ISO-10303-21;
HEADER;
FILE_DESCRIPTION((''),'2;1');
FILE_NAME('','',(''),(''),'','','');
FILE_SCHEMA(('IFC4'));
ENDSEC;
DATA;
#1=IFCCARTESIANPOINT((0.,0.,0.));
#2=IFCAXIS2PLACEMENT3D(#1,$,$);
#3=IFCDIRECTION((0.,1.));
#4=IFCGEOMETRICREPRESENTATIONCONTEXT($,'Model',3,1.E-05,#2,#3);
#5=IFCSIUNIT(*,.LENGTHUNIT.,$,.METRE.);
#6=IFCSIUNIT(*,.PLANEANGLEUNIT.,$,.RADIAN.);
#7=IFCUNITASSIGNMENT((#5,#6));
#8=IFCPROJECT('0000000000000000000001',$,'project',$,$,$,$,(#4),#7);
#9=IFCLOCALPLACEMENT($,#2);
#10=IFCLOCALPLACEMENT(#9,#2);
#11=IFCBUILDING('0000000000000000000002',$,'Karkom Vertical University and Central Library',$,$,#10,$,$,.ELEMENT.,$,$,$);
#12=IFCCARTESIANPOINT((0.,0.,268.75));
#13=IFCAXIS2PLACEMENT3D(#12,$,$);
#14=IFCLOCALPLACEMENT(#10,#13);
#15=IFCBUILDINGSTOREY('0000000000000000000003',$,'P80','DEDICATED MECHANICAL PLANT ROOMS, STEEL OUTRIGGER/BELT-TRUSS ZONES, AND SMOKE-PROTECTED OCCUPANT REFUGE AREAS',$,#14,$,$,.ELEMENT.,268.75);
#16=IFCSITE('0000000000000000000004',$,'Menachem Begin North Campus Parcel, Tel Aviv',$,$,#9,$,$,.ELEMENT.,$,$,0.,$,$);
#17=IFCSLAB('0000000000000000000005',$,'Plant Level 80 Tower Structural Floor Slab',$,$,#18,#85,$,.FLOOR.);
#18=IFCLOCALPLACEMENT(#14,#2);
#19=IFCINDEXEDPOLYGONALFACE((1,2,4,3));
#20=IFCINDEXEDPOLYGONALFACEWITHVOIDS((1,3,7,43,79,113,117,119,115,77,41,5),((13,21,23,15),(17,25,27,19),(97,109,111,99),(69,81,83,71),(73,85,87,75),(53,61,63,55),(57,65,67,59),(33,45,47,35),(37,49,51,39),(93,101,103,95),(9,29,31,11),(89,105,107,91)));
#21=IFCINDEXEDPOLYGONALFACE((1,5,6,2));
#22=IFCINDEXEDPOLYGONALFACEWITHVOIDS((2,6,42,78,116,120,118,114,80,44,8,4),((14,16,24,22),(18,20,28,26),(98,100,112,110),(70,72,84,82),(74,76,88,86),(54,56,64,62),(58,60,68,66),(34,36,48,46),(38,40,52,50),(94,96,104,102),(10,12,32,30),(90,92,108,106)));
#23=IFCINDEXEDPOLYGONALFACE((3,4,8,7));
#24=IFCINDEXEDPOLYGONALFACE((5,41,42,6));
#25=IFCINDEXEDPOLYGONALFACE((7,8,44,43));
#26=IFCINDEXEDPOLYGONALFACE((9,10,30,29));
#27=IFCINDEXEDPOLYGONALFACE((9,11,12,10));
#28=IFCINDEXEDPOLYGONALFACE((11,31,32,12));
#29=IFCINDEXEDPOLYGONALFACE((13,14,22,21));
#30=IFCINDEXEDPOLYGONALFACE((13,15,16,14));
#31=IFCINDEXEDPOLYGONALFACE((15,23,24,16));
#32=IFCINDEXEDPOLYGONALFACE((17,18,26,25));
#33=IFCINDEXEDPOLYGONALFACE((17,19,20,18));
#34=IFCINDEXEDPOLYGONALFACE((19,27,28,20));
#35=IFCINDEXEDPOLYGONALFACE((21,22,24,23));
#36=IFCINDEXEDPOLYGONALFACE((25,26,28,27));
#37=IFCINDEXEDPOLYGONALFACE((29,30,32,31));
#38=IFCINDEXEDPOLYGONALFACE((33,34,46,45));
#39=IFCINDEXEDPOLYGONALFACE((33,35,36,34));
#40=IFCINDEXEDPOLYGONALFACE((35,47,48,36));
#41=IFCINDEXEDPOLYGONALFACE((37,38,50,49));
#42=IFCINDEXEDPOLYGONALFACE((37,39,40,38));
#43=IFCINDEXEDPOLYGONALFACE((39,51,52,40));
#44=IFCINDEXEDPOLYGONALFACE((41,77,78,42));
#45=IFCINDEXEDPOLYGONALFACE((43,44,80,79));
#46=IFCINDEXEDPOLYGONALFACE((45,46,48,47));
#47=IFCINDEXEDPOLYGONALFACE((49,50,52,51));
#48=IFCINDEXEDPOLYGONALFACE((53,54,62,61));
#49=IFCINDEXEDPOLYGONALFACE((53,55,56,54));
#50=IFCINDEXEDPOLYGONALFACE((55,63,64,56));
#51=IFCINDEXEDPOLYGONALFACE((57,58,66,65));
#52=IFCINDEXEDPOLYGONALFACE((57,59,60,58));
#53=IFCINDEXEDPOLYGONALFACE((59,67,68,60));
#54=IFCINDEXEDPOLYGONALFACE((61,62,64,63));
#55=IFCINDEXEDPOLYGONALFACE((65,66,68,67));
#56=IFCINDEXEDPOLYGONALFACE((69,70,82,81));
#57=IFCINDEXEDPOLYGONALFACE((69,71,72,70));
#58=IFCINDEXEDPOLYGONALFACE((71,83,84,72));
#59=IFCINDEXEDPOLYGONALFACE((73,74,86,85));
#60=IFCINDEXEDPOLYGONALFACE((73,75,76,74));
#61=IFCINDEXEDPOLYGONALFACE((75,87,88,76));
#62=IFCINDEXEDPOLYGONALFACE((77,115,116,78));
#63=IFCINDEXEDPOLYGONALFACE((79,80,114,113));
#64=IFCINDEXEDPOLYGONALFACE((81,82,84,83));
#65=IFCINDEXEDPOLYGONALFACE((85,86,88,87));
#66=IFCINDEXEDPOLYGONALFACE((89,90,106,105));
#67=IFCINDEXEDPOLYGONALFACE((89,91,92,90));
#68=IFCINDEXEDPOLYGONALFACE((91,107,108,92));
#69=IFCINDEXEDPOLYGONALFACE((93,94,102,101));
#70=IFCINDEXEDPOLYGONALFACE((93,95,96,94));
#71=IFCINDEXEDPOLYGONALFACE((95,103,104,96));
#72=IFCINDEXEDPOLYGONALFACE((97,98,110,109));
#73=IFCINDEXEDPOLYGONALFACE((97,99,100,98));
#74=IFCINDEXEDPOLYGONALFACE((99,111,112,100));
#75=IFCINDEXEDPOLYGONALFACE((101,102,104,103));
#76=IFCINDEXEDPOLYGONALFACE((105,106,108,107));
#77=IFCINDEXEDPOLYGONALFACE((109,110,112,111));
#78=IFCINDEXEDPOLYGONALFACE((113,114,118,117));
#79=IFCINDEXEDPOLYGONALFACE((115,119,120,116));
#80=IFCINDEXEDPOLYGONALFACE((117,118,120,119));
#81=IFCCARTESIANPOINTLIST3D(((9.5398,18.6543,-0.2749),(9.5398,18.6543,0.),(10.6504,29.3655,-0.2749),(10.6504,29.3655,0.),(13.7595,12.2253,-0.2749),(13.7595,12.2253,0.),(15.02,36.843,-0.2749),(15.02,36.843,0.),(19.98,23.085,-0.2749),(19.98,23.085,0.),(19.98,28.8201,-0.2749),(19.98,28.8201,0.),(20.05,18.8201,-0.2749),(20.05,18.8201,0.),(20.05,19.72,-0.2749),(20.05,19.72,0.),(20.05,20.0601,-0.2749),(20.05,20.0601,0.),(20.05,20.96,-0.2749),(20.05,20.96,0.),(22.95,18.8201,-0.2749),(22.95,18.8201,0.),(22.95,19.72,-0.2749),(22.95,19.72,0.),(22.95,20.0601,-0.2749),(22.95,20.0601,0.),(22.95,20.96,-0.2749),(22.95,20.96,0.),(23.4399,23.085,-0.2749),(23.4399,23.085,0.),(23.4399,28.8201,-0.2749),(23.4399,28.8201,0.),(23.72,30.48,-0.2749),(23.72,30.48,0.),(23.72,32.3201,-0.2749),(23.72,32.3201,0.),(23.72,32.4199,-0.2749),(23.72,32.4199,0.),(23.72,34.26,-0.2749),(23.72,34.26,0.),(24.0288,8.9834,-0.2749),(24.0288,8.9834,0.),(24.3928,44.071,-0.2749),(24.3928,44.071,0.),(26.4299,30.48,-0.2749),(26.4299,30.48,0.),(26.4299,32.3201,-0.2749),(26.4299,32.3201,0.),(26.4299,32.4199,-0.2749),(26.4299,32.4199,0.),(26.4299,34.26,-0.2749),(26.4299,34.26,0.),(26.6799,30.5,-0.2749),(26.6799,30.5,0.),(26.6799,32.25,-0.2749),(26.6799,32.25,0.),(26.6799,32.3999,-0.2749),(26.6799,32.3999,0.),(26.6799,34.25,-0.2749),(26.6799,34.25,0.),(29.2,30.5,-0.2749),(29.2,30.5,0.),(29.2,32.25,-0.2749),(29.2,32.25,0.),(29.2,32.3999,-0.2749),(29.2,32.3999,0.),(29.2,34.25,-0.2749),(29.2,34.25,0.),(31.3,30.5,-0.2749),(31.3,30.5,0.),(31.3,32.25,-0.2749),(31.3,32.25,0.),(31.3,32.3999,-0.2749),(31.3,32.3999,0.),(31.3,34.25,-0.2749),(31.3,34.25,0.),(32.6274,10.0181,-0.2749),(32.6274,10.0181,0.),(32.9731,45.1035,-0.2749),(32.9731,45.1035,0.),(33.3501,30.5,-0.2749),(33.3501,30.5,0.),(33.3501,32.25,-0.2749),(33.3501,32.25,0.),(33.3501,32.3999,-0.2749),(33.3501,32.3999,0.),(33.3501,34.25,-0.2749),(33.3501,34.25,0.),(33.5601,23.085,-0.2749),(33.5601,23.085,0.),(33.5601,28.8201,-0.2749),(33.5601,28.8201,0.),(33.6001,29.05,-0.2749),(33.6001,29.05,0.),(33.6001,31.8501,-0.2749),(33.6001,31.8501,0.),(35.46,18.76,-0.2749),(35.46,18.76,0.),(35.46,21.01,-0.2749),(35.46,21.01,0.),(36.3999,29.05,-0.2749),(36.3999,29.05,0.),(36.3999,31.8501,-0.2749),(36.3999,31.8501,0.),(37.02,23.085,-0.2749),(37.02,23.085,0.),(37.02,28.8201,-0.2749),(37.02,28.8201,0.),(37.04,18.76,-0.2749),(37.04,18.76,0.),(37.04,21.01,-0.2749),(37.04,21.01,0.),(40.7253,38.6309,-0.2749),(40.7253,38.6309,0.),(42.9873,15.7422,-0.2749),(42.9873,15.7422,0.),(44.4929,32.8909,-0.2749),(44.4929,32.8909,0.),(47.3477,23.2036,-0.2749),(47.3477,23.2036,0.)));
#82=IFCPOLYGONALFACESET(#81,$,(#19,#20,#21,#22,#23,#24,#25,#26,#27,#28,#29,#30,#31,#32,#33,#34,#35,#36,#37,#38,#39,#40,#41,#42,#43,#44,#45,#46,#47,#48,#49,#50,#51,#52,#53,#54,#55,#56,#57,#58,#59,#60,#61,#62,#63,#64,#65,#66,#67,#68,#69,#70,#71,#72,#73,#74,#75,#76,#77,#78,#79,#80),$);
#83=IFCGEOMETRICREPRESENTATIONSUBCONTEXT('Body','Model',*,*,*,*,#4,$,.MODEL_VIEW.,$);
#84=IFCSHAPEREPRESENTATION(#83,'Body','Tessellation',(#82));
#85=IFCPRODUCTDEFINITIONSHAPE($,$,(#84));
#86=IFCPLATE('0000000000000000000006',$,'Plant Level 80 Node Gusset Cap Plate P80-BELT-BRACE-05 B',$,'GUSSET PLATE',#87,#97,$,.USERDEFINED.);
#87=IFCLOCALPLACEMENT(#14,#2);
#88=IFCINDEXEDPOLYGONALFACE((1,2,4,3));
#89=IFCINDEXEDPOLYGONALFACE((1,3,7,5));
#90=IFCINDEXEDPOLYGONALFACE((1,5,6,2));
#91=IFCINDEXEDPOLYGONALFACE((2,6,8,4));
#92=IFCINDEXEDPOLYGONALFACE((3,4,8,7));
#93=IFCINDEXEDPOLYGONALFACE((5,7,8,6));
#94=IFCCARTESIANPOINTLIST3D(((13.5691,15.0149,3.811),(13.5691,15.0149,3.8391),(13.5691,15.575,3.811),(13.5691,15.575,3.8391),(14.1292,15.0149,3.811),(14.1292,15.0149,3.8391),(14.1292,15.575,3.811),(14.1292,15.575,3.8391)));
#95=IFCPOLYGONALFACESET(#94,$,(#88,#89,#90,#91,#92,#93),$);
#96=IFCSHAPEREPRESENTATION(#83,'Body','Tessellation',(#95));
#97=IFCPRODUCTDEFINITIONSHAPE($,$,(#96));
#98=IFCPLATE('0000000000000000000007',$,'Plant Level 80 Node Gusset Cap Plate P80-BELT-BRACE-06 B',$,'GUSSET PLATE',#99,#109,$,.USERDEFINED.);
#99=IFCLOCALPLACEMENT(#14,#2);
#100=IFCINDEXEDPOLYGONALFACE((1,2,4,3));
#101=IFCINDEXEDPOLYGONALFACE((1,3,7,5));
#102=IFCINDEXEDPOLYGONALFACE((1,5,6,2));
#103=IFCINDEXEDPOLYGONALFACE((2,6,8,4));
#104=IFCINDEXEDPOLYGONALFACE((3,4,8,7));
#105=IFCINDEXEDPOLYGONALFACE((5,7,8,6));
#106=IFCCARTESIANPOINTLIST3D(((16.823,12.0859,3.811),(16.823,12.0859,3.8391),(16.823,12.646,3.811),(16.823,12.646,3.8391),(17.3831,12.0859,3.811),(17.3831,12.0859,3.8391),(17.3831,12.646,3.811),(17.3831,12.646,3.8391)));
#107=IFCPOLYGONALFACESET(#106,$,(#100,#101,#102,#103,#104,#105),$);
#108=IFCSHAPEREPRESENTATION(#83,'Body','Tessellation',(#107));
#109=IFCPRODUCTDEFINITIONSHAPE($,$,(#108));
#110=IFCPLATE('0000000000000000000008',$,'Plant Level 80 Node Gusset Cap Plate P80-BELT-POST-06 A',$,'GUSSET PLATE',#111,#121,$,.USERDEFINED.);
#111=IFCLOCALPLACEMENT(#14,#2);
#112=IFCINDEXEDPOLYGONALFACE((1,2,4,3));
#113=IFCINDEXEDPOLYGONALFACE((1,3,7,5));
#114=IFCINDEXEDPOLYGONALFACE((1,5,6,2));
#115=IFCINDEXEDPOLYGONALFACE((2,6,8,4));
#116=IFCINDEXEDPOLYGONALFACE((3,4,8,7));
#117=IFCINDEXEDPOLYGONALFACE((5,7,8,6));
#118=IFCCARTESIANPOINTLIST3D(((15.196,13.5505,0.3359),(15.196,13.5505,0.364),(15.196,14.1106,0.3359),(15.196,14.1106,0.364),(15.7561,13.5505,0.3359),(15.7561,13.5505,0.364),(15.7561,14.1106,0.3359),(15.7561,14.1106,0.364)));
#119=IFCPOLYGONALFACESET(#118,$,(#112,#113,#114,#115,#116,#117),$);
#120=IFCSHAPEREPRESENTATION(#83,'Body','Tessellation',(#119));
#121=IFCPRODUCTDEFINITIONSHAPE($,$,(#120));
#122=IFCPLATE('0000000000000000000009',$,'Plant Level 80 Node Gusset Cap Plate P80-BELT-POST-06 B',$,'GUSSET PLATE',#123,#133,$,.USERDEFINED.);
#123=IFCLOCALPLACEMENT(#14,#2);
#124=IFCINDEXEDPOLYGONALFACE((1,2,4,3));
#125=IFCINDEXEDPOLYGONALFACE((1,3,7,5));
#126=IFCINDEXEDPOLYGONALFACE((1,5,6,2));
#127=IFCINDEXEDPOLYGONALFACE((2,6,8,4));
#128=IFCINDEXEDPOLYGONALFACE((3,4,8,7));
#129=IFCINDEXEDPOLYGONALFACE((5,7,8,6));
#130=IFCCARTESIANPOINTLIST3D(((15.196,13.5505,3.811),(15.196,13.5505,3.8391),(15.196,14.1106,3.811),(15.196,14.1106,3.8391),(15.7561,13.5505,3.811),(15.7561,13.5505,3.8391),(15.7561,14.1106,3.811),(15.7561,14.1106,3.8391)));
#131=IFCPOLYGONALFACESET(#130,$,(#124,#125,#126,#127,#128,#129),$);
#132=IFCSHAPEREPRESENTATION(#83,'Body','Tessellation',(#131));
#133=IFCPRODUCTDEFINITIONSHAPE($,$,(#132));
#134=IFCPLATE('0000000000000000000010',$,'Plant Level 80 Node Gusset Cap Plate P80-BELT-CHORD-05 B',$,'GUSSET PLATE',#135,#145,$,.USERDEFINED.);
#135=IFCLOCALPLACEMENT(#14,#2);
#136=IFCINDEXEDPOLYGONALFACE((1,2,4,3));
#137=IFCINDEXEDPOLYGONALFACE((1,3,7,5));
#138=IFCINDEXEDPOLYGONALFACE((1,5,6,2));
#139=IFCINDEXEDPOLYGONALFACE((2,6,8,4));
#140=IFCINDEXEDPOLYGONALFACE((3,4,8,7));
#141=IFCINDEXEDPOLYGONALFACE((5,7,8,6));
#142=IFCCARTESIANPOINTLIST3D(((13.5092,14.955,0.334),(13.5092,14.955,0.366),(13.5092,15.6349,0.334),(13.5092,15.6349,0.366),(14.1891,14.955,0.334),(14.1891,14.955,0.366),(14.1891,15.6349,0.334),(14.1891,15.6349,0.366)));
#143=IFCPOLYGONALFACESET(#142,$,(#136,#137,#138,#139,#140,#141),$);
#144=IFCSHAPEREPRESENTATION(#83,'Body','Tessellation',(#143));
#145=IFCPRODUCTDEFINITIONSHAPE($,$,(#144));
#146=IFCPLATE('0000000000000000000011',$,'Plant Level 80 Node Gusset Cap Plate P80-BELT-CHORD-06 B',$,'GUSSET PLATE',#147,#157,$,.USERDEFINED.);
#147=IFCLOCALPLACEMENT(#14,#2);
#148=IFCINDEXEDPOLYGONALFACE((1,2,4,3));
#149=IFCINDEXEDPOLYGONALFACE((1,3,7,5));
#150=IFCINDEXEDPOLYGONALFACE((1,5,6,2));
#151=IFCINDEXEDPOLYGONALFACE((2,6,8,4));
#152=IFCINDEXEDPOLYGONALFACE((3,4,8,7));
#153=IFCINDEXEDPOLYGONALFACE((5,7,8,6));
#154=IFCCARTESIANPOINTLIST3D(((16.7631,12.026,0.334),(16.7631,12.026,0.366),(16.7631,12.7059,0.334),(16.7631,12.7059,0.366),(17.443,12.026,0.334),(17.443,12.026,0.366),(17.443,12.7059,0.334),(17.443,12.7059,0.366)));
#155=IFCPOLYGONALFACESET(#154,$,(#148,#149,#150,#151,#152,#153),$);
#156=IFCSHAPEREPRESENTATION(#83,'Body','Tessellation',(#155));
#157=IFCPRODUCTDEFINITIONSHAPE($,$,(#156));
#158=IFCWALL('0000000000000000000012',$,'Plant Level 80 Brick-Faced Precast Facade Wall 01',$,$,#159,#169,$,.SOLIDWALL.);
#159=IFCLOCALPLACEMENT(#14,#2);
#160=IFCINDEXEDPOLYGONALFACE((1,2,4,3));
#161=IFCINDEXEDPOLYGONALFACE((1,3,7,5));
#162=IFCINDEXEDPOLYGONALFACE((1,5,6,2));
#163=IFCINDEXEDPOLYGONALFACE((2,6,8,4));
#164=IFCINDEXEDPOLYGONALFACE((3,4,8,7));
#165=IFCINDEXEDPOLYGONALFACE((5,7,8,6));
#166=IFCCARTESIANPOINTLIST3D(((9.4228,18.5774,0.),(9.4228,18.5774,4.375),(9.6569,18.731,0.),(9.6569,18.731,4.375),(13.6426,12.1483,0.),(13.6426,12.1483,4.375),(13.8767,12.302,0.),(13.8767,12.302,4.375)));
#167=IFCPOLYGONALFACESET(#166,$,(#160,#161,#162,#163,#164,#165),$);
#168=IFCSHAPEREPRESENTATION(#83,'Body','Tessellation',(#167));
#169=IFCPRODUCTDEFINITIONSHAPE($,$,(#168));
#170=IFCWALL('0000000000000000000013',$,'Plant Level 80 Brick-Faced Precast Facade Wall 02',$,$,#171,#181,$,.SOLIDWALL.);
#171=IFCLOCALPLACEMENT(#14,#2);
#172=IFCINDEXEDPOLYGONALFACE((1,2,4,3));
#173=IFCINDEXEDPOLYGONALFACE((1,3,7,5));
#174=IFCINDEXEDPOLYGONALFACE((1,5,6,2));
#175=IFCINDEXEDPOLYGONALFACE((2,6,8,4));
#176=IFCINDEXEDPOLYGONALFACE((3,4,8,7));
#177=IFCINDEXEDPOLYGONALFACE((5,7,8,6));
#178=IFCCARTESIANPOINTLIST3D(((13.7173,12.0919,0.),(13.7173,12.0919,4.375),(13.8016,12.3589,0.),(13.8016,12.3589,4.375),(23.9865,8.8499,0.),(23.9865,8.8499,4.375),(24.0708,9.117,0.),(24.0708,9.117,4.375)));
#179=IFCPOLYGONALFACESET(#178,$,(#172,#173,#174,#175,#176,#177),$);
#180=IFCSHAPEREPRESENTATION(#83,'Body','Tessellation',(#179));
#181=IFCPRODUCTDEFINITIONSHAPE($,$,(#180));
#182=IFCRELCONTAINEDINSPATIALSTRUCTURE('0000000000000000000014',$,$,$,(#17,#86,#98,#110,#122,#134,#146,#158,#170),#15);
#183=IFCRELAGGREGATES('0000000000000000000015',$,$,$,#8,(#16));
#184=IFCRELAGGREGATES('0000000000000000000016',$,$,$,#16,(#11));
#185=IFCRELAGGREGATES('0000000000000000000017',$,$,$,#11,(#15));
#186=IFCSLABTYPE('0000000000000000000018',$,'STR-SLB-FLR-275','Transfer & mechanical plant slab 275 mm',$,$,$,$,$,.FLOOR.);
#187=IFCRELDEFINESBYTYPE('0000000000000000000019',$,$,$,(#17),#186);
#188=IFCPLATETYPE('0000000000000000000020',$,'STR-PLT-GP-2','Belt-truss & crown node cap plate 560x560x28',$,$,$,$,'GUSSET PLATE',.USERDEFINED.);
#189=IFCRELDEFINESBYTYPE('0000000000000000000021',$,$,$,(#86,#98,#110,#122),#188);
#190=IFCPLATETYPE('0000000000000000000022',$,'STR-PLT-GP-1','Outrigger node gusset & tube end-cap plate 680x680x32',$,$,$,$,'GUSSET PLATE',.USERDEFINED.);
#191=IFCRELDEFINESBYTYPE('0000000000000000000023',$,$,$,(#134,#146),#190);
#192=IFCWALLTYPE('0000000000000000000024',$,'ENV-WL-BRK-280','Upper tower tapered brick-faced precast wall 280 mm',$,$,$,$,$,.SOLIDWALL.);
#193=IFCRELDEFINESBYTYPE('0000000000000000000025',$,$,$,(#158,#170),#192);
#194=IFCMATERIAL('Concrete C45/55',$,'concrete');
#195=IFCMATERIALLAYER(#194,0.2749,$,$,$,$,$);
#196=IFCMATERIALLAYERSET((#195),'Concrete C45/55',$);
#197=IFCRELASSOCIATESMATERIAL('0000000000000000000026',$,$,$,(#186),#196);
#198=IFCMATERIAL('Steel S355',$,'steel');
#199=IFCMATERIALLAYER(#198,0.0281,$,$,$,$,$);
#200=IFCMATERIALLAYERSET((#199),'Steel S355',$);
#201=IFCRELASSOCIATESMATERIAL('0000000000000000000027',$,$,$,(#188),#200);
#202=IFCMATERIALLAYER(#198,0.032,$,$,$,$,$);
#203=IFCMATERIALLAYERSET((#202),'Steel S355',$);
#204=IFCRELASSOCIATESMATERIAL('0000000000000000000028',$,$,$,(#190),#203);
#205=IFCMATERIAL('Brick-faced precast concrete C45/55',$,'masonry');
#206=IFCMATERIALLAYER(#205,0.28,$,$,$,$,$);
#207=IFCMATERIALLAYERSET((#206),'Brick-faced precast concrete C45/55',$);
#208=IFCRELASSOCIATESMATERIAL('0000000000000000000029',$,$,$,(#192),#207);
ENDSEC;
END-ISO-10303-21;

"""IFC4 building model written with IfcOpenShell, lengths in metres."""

from ifc_helpers import new_model, si_unit, direction, frame, frame_2d, origin, origin_with_axes, origin_2d, place, context, subcontext, project, spatial, polyline, rectangle, outline, extrude, source, transform, mapped, material, layer, layer_set, type_object, element, save


model = new_model("IFC4")

# Units and contexts
model_context = context("Model", 3, precision=1e-05, world=origin(), true_north=direction((0.0, 1.0)))
body_context = subcontext(model_context, "Body", "Model", "MODEL_VIEW")
ifc_project = project(units=[si_unit("LENGTHUNIT", "METRE"), si_unit("PLANEANGLEUNIT", "RADIAN")], contexts=[model_context])

# Site, building, storey
site_placement = place(None, origin())
site = spatial("IfcSite", under=ifc_project, at=site_placement, Name="Menachem Begin North Campus Parcel, Tel Aviv", CompositionType="ELEMENT", RefElevation=0.0)
building_placement = place(site_placement, origin())
building = spatial("IfcBuilding", under=site, at=building_placement, Name="Karkom Vertical University and Central Library", CompositionType="ELEMENT")
storey_placement = place(building_placement, frame((0.0, 0.0, 268.75)))
storey = spatial("IfcBuildingStorey", under=building, at=storey_placement, Name="P80", Description="DEDICATED MECHANICAL PLANT ROOMS, STEEL OUTRIGGER/BELT-TRUSS ZONES, AND SMOKE-PROTECTED OCCUPANT REFUGE AREAS", CompositionType="ELEMENT", Elevation=268.75)

# Shared definitions
ifc_material_1 = material(Name="Concrete C45/55", Category="concrete")

# Shared definitions
ifc_material_2 = material(Name="Steel S355", Category="steel")

# Slab
ifc_layer_1 = layer(ifc_material_1, 0.2749)
ifc_layer_set_1 = layer_set([ifc_layer_1], Name="Concrete C45/55")
slab_type_1 = type_object("IfcSlabType", Name="STR-SLB-FLR-275", Description="Transfer & mechanical plant slab 275 mm", PredefinedType="FLOOR", material=ifc_layer_set_1)
slab_1_placement = place(storey_placement, frame((0.0, 0.0, -0.2749)))
element("IfcSlab", 1, at=slab_1_placement, inside=storey, type_object=slab_type_1, Name="Plant Level 80 Tower Structural Floor Slab", PredefinedType="FLOOR", context=body_context, shape_type="SweptSolid", body=[
    extrude(outline(polyline([(9.5398, 18.6543), (13.7595, 12.2253), (24.0288, 8.9834), (32.6274, 10.0181), (42.9873, 15.7422), (47.3477, 23.2036), (44.4929, 32.8909), (40.7253, 38.6309), (32.9731, 45.1035), (24.3928, 44.071), (15.02, 36.843), (10.6504, 29.3655), (9.5398, 18.6543)]), holes=[polyline([(19.98, 23.085), (23.4399, 23.085), (23.4399, 28.8201), (19.98, 28.8201), (19.98, 23.085)]), polyline([(33.5601, 23.085), (37.02, 23.085), (37.02, 28.8201), (33.5601, 28.8201), (33.5601, 23.085)]), polyline([(26.6799, 30.5), (29.2, 30.5), (29.2, 32.25), (26.6799, 32.25), (26.6799, 30.5)]), polyline([(26.6799, 32.3999), (29.2, 32.3999), (29.2, 34.25), (26.6799, 34.25), (26.6799, 32.3999)]), polyline([(31.3, 30.5), (33.3501, 30.5), (33.3501, 32.25), (31.3, 32.25), (31.3, 30.5)]), polyline([(31.3, 32.3999), (33.3501, 32.3999), (33.3501, 34.25), (31.3, 34.25), (31.3, 32.3999)]), polyline([(23.72, 30.48), (26.4299, 30.48), (26.4299, 32.3201), (23.72, 32.3201), (23.72, 30.48)]), polyline([(23.72, 32.4199), (26.4299, 32.4199), (26.4299, 34.26), (23.72, 34.26), (23.72, 32.4199)]), polyline([(33.6001, 29.05), (36.3999, 29.05), (36.3999, 31.8501), (33.6001, 31.8501), (33.6001, 29.05)]), polyline([(20.05, 18.8201), (22.95, 18.8201), (22.95, 19.72), (20.05, 19.72), (20.05, 18.8201)]), polyline([(20.05, 20.0601), (22.95, 20.0601), (22.95, 20.96), (20.05, 20.96), (20.05, 20.0601)]), polyline([(35.46, 18.76), (37.04, 18.76), (37.04, 21.01), (35.46, 21.01), (35.46, 18.76)])]), origin(), (0.0, 0.0, 1.0), 0.2749),
])

# Plates
ifc_layer_2 = layer(ifc_material_2, 0.0281)
ifc_layer_set_2 = layer_set([ifc_layer_2], Name="Steel S355")
plate_type_1 = type_object("IfcPlateType", Name="STR-PLT-GP-2", Description="Belt-truss & crown node cap plate 560x560x28", ElementType="GUSSET PLATE", PredefinedType="USERDEFINED", material=ifc_layer_set_2)
shared_shape_1 = source(origin_with_axes(), body_context, "Body", "SweptSolid", [
    extrude(rectangle(XDim=0.5601, YDim=0.5601, at=origin_2d()), origin(), (0.0, 0.0, 1.0), 0.0281),
])
for number, where, z_axis, x_axis, name in (
    (2, (13.8491, 15.2949, 3.811), (0.0, 0.0, 1.0), (1.0, 0.0, 0.0), "Plant Level 80 Node Gusset Cap Plate P80-BELT-BRACE-05 B"),
    (3, (17.103, 12.366, 3.811), (0.0, 0.0, 1.0), (1.0, 0.0, 0.0), "Plant Level 80 Node Gusset Cap Plate P80-BELT-BRACE-06 B"),
    (4, (15.4761, 13.8306, 0.3359), (0.0, 0.0, 1.0), (1.0, 0.0, 0.0), "Plant Level 80 Node Gusset Cap Plate P80-BELT-POST-06 A"),
    (5, (15.4761, 13.8306, 3.811), (0.0, 0.0, 1.0), (1.0, 0.0, 0.0), "Plant Level 80 Node Gusset Cap Plate P80-BELT-POST-06 B"),
):
    element("IfcPlate", number, at=place(storey_placement, frame(where, z_axis=z_axis, x_axis=x_axis)), inside=storey, type_object=plate_type_1, Name=name, ObjectType="GUSSET PLATE", PredefinedType="USERDEFINED", context=body_context, shape_type="MappedRepresentation", body=[
        mapped(shared_shape_1, transform((0.0, 0.0, 0.0), scale=1.0)),
    ])
ifc_layer_3 = layer(ifc_material_2, 0.032)
ifc_layer_set_3 = layer_set([ifc_layer_3], Name="Steel S355")
plate_type_2 = type_object("IfcPlateType", Name="STR-PLT-GP-1", Description="Outrigger node gusset & tube end-cap plate 680x680x32", ElementType="GUSSET PLATE", PredefinedType="USERDEFINED", material=ifc_layer_set_3)
shared_shape_2 = source(origin_with_axes(), body_context, "Body", "SweptSolid", [
    extrude(rectangle(XDim=0.6799, YDim=0.6799, at=origin_2d()), origin(), (0.0, 0.0, 1.0), 0.032),
])
for number, where, z_axis, x_axis, name in (
    (6, (13.8491, 15.2949, 0.334), (0.0, 0.0, 1.0), (1.0, 0.0, 0.0), "Plant Level 80 Node Gusset Cap Plate P80-BELT-CHORD-05 B"),
    (7, (17.103, 12.366, 0.334), (0.0, 0.0, 1.0), (1.0, 0.0, 0.0), "Plant Level 80 Node Gusset Cap Plate P80-BELT-CHORD-06 B"),
):
    element("IfcPlate", number, at=place(storey_placement, frame(where, z_axis=z_axis, x_axis=x_axis)), inside=storey, type_object=plate_type_2, Name=name, ObjectType="GUSSET PLATE", PredefinedType="USERDEFINED", context=body_context, shape_type="MappedRepresentation", body=[
        mapped(shared_shape_2, transform((0.0, 0.0, 0.0), scale=1.0)),
    ])

# Walls
ifc_material_3 = material(Name="Brick-faced precast concrete C45/55", Category="masonry")
ifc_layer_4 = layer(ifc_material_3, 0.28)
ifc_layer_set_4 = layer_set([ifc_layer_4], Name="Brick-faced precast concrete C45/55")
wall_type_1 = type_object("IfcWallType", Name="ENV-WL-BRK-280", Description="Upper tower tapered brick-faced precast wall 280 mm", PredefinedType="SOLIDWALL", material=ifc_layer_set_4)
wall_1_placement = place(storey_placement, frame((9.5398, 18.6543, 0.0), z_axis=(0.0, 0.0, 1.0), x_axis=(0.548722, -0.836005, 0.0)))
element("IfcWall", 8, at=wall_1_placement, inside=storey, type_object=wall_type_1, Name="Plant Level 80 Brick-Faced Precast Facade Wall 01", PredefinedType="SOLIDWALL", context=body_context, shape_type="SweptSolid", body=[
    extrude(rectangle(XDim=7.6902, YDim=0.28, at=frame_2d((3.8452, 0.0))), origin(), (0.0, 0.0, 1.0), 4.375),
])
wall_2_placement = place(storey_placement, frame((13.7595, 12.2253, 0.0), z_axis=(0.0, 0.0, 1.0), x_axis=(0.953609, -0.301048, 0.0)))
element("IfcWall", 9, at=wall_2_placement, inside=storey, type_object=wall_type_1, Name="Plant Level 80 Brick-Faced Precast Facade Wall 02", PredefinedType="SOLIDWALL", context=body_context, shape_type="SweptSolid", body=[
    extrude(rectangle(XDim=10.7688, YDim=0.28, at=frame_2d((5.3843, 0.0))), origin(), (0.0, 0.0, 1.0), 4.375),
])

save(model, "model.ifc")
